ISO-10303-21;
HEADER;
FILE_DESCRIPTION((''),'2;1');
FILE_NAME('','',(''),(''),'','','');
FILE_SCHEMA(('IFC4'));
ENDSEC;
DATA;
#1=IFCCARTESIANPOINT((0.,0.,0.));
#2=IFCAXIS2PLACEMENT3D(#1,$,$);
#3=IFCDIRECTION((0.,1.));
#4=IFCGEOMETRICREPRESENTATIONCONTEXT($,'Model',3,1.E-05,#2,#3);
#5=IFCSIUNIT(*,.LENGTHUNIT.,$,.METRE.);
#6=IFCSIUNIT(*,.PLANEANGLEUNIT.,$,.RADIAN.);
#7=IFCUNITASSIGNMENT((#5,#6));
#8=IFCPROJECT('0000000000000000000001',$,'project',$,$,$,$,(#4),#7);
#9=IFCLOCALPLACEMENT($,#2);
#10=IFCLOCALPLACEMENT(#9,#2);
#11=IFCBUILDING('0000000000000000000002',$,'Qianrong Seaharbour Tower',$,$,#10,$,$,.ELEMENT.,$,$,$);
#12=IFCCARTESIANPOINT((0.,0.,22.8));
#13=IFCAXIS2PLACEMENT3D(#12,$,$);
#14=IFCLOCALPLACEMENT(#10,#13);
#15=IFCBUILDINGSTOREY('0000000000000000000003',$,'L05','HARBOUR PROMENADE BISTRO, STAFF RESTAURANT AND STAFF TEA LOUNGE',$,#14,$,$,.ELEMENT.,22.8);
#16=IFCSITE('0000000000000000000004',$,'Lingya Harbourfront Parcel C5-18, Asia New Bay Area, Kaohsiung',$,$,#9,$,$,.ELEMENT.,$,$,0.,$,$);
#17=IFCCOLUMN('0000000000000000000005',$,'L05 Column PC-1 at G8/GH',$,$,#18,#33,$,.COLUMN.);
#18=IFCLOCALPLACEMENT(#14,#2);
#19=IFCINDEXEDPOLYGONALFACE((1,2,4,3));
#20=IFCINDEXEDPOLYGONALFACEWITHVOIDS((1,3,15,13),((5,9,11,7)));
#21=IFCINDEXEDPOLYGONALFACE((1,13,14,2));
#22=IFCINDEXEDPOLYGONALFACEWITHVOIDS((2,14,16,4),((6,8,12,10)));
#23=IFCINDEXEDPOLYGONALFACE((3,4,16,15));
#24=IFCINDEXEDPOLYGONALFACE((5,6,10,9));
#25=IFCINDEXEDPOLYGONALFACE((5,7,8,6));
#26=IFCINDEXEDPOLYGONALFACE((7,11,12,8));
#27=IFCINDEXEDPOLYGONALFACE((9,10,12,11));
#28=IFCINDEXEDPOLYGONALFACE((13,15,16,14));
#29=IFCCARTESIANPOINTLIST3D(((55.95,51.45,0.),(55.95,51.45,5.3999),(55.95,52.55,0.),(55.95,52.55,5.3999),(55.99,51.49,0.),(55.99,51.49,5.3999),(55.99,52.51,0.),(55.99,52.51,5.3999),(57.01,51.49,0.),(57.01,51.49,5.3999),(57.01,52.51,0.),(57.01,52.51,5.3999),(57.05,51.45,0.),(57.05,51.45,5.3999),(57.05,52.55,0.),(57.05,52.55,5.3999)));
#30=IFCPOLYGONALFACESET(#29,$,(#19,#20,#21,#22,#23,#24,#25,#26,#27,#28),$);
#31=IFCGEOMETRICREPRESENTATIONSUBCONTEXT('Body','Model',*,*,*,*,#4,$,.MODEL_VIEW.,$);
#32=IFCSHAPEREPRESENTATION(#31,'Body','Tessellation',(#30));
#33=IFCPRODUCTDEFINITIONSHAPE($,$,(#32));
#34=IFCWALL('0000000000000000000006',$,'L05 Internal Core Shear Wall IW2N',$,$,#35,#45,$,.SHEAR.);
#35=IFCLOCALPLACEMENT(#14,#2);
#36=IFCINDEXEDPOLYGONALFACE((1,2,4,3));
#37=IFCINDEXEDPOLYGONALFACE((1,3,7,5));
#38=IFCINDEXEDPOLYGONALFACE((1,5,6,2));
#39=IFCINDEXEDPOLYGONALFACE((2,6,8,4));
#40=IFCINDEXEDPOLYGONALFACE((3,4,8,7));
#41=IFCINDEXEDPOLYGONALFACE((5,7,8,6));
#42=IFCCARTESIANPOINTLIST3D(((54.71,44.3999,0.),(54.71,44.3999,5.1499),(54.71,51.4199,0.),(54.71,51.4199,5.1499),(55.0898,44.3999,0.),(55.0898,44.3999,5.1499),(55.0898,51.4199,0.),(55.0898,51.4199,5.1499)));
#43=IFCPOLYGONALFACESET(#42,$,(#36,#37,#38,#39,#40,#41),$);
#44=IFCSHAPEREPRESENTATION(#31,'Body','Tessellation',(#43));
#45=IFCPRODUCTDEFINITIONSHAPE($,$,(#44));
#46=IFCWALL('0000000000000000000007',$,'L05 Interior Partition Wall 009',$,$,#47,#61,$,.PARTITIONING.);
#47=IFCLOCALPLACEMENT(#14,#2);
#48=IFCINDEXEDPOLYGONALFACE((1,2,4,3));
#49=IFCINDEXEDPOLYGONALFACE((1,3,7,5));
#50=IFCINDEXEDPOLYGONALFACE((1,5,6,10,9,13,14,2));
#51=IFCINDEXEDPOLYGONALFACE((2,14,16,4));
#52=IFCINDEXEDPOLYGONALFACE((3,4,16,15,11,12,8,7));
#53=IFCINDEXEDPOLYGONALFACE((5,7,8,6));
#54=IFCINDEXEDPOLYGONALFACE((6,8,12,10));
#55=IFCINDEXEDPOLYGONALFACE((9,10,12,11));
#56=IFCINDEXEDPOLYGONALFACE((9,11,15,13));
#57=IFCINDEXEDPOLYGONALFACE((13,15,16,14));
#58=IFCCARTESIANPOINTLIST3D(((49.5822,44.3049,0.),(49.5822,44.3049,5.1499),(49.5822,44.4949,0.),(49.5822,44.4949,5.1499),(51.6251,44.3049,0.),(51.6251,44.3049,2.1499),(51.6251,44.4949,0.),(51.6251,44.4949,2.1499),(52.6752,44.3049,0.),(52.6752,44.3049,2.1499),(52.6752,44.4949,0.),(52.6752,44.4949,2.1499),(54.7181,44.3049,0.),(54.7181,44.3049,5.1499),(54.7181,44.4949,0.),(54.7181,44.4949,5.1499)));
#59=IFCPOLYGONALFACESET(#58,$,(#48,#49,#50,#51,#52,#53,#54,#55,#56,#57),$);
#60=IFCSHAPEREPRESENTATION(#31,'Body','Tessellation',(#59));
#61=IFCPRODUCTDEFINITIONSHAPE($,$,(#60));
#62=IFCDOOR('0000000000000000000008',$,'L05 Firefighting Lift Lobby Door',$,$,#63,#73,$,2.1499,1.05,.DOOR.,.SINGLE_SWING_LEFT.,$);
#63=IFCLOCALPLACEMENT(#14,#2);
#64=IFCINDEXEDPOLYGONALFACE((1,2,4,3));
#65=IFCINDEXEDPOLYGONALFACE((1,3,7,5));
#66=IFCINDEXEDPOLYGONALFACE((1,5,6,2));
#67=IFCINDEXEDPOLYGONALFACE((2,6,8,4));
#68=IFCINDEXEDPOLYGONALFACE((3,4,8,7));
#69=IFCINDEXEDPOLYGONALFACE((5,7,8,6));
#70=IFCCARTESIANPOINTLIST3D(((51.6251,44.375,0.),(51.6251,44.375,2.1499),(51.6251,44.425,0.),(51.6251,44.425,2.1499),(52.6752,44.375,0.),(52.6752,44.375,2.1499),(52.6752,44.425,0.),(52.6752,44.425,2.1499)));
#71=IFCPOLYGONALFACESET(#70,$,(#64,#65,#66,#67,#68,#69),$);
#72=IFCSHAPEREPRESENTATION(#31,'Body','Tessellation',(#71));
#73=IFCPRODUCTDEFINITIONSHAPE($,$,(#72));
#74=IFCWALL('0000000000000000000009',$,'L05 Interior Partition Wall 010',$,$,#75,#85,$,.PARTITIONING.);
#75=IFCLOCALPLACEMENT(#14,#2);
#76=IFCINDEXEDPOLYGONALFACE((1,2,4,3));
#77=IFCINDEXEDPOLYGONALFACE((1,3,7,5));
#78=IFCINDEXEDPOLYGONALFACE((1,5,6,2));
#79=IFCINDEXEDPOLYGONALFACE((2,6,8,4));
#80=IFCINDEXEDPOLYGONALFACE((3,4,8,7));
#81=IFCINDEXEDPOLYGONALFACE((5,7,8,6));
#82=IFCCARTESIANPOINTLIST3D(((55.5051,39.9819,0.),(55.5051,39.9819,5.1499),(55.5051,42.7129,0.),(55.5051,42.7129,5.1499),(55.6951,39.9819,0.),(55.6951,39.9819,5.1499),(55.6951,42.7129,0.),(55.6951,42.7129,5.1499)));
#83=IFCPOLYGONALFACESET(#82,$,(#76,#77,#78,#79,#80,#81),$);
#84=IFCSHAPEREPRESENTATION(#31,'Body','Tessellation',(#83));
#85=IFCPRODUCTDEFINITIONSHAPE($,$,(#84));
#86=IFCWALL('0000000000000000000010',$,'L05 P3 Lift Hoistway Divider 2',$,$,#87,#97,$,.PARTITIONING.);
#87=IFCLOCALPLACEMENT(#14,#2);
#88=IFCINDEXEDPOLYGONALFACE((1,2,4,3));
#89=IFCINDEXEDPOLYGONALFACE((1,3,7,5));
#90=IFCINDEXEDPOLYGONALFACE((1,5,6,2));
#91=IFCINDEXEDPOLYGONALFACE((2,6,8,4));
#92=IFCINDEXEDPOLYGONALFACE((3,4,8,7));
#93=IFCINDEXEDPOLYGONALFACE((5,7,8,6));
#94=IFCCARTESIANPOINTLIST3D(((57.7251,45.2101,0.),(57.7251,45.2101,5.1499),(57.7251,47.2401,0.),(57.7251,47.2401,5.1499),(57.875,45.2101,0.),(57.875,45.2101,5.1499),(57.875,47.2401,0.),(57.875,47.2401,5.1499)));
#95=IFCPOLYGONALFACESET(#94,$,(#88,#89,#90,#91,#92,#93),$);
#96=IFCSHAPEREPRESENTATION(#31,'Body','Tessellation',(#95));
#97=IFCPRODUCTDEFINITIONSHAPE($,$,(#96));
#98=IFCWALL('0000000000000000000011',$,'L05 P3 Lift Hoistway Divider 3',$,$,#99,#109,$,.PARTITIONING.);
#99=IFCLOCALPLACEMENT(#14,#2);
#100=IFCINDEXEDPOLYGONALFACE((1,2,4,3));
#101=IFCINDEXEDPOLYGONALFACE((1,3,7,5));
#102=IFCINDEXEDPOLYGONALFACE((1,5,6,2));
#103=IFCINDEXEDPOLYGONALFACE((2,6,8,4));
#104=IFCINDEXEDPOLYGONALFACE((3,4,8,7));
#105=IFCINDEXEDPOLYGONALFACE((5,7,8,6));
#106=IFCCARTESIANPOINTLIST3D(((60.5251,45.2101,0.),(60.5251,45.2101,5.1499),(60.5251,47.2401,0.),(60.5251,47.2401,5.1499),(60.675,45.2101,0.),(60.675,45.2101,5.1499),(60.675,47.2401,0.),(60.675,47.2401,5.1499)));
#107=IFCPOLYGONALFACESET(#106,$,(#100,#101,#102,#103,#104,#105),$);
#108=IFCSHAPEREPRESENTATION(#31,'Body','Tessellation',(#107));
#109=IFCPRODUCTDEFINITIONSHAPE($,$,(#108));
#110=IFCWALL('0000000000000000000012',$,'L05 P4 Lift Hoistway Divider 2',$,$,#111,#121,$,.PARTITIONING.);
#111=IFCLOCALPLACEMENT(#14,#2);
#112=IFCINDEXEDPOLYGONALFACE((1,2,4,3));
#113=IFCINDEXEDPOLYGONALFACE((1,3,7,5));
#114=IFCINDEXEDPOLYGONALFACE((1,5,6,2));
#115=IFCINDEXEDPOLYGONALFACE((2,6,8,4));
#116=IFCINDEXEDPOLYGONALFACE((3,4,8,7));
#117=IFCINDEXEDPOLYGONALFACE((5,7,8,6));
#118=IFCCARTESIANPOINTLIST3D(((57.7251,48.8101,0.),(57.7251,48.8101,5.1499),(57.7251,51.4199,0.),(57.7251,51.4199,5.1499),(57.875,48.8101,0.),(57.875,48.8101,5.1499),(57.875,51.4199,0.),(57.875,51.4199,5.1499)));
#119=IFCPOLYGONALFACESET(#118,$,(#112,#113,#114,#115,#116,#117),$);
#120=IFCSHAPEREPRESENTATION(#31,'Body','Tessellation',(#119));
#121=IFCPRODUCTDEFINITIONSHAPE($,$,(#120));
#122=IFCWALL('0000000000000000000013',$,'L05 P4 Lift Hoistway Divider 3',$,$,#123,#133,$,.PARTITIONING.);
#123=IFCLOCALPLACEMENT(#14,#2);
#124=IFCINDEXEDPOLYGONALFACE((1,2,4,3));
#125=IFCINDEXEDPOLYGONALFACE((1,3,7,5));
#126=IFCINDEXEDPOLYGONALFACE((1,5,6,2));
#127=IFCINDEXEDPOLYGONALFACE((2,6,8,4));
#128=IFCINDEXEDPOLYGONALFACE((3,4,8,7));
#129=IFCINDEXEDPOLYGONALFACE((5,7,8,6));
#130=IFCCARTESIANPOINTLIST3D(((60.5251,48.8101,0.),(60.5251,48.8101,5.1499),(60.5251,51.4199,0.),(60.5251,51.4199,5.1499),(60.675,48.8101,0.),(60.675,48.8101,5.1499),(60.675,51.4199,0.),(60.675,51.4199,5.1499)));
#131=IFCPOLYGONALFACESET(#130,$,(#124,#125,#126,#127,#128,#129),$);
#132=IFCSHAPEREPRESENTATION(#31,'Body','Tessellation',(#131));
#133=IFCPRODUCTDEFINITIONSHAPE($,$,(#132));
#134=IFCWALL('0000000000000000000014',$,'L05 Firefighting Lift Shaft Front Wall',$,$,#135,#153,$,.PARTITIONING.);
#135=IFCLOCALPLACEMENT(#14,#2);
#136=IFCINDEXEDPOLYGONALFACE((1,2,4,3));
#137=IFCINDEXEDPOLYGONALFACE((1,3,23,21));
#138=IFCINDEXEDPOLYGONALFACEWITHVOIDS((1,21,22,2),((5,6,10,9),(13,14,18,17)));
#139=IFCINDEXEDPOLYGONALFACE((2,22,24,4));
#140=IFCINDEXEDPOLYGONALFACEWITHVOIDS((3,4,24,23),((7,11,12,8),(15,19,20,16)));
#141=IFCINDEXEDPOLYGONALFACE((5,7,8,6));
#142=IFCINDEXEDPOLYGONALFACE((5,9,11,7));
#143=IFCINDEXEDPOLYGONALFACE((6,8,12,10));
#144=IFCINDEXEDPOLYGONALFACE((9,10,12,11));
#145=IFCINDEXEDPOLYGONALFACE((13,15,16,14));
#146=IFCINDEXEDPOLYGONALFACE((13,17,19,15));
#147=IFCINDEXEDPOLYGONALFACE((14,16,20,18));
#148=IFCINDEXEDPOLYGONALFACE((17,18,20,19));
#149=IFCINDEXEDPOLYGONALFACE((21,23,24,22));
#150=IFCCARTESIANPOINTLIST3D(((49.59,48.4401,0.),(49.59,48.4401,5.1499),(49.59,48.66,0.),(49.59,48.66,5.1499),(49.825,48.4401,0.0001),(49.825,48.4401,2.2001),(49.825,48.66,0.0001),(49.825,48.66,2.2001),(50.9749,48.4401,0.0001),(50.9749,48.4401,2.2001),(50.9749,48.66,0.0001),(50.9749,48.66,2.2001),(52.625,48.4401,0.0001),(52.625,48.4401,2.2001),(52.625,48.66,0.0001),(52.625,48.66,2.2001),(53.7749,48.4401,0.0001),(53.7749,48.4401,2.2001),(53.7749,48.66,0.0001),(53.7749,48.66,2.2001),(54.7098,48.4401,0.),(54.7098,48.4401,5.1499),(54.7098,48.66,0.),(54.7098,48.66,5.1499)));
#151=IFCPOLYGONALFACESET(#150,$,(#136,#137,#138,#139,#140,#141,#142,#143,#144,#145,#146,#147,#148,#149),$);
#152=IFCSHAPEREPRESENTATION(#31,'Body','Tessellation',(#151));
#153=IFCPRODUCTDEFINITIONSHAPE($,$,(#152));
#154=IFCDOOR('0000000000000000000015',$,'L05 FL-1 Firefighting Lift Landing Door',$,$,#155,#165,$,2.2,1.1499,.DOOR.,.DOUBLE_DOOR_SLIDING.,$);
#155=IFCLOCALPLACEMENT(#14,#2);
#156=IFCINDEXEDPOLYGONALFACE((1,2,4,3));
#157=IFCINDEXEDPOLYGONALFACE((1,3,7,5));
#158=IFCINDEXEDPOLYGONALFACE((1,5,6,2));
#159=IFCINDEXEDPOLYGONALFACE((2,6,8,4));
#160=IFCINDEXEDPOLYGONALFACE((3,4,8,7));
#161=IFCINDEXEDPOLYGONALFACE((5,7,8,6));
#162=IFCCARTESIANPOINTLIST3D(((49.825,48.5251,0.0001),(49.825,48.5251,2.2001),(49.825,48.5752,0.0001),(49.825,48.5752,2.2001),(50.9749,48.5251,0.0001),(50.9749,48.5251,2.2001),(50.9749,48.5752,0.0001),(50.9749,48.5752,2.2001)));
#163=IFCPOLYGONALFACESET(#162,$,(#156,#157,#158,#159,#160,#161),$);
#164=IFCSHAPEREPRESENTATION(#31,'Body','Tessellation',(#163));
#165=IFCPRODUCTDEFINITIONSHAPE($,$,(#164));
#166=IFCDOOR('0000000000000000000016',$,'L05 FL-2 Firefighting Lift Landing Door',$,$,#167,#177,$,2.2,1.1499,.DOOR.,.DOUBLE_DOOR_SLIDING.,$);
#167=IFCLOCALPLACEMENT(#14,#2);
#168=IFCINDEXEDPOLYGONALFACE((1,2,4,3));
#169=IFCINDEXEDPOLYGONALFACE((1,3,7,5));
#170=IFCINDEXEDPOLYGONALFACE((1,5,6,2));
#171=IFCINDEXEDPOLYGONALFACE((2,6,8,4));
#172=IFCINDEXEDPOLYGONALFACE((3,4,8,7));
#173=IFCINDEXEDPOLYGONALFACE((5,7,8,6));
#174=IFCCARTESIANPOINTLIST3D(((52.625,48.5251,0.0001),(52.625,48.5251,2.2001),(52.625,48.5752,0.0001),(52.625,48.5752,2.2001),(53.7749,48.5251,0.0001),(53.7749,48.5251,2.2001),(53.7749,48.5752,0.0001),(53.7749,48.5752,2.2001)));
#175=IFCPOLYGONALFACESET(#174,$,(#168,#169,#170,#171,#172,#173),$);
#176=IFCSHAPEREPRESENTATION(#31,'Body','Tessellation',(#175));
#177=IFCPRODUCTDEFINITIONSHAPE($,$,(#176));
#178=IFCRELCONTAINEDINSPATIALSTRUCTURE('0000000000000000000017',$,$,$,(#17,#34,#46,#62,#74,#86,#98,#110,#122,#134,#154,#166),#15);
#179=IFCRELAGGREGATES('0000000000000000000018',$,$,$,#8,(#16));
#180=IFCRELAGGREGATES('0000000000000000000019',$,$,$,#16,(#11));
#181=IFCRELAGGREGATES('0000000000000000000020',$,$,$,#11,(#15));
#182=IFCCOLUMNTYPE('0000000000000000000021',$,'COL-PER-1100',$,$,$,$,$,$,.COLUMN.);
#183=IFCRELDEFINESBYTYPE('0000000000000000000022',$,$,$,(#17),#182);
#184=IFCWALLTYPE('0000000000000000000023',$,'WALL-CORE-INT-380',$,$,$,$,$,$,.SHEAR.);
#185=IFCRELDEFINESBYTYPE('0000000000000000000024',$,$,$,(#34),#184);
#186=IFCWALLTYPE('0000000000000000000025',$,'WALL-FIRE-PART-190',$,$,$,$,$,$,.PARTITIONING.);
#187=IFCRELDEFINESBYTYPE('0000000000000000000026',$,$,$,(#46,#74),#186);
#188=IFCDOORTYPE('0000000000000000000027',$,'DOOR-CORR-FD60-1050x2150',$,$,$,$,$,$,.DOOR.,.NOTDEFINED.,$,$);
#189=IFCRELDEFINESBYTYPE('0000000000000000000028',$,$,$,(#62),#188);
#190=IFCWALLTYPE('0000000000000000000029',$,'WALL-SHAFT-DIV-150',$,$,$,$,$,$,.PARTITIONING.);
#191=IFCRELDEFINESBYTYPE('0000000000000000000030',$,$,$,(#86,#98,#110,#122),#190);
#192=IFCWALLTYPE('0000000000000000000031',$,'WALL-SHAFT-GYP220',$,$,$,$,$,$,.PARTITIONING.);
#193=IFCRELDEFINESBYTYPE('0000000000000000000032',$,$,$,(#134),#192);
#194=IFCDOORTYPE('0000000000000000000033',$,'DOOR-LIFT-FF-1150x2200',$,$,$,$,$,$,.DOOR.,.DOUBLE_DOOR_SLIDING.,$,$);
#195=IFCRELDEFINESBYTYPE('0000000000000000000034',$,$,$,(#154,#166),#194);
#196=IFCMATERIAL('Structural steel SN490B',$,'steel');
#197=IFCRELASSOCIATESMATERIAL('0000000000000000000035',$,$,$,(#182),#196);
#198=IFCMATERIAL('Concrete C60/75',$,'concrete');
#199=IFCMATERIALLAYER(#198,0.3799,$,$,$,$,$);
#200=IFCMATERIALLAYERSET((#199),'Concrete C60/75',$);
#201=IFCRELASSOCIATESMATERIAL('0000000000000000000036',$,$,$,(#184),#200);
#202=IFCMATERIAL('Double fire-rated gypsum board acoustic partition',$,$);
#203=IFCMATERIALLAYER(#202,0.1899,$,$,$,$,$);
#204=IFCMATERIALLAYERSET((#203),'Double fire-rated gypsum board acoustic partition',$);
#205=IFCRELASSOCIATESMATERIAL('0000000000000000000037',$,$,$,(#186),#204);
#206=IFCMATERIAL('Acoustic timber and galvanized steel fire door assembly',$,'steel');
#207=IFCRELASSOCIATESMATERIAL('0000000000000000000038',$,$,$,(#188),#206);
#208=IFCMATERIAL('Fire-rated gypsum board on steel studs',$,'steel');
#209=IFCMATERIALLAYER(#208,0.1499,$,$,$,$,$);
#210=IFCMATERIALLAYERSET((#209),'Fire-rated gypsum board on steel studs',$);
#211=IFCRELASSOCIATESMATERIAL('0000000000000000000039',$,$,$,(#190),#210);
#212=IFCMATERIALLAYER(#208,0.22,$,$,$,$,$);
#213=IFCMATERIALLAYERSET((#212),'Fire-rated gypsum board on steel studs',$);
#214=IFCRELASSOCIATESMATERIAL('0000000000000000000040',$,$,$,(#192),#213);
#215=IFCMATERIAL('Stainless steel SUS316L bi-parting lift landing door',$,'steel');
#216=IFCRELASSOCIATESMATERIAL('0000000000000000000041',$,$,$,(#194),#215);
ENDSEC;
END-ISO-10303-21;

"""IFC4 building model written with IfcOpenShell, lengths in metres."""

from ifc_helpers import new_model, si_unit, direction, frame, frame_2d, origin, origin_2d, place, context, subcontext, project, spatial, rectangle, hollow_rectangle, extrude, material, layer, layer_set, material_profile, profile_set, type_object, element, fill, save


model = new_model("IFC4")

# Units and contexts
model_context = context("Model", 3, precision=1e-05, world=origin(), true_north=direction((0.0, 1.0)))
body_context = subcontext(model_context, "Body", "Model", "MODEL_VIEW")
ifc_project = project(units=[si_unit("LENGTHUNIT", "METRE"), si_unit("PLANEANGLEUNIT", "RADIAN")], contexts=[model_context])

# Site, building, storey
site_placement = place(None, origin())
site = spatial("IfcSite", under=ifc_project, at=site_placement, Name="Lingya Harbourfront Parcel C5-18, Asia New Bay Area, Kaohsiung", CompositionType="ELEMENT", RefElevation=0.0)
building_placement = place(site_placement, origin())
building = spatial("IfcBuilding", under=site, at=building_placement, Name="Qianrong Seaharbour Tower", CompositionType="ELEMENT")
storey_placement = place(building_placement, frame((0.0, 0.0, 22.8)))
storey = spatial("IfcBuildingStorey", under=building, at=storey_placement, Name="L05", Description="HARBOUR PROMENADE BISTRO, STAFF RESTAURANT AND STAFF TEA LOUNGE", CompositionType="ELEMENT", Elevation=22.8)

# Column
ifc_material_1 = material(Name="Structural steel SN490B", Category="steel")
ifc_material_profile = material_profile(ifc_material_1, hollow_rectangle(XDim=1.1001, YDim=1.1001, WallThickness=0.04, at=origin_2d()), Name="BOX1100x1100x40")
ifc_profile_set = profile_set([ifc_material_profile], Name="Structural steel SN490B")
column_type = type_object("IfcColumnType", Name="COL-PER-1100", PredefinedType="COLUMN", material=ifc_profile_set)
column_placement = place(storey_placement, frame((56.5, 52.0, 0.0), z_axis=(0.0, 0.0, 1.0), x_axis=(1.0, 0.0, 0.0)))
element("IfcColumn", 1, at=column_placement, inside=storey, type_object=column_type, Name="L05 Column PC-1 at G8/GH", PredefinedType="COLUMN", context=body_context, shape_type="SweptSolid", body=[
    extrude(hollow_rectangle(XDim=1.1001, YDim=1.1001, WallThickness=0.04, at=origin_2d()), origin(), (0.0, 0.0, 1.0), 5.3999),
])

# Wall
ifc_material_2 = material(Name="Concrete C60/75", Category="concrete")
ifc_layer_1 = layer(ifc_material_2, 0.3799)
ifc_layer_set_1 = layer_set([ifc_layer_1], Name="Concrete C60/75")
wall_type_1 = type_object("IfcWallType", Name="WALL-CORE-INT-380", PredefinedType="SHEAR", material=ifc_layer_set_1)
wall_1_placement = place(storey_placement, frame((54.8999, 44.3999, 0.0), z_axis=(0.0, 0.0, 1.0), x_axis=(0.0, 1.0, 0.0)))
element("IfcWall", 2, at=wall_1_placement, inside=storey, type_object=wall_type_1, Name="L05 Internal Core Shear Wall IW2N", PredefinedType="SHEAR", context=body_context, shape_type="SweptSolid", body=[
    extrude(rectangle(XDim=7.02, YDim=0.3799, at=frame_2d((3.51, 0.0))), origin(), (0.0, 0.0, 1.0), 5.1499),
])

# Wall, opening, door
ifc_material_3 = material(Name="Double fire-rated gypsum board acoustic partition")
ifc_layer_2 = layer(ifc_material_3, 0.1899)
ifc_layer_set_2 = layer_set([ifc_layer_2], Name="Double fire-rated gypsum board acoustic partition")
wall_type_2 = type_object("IfcWallType", Name="WALL-FIRE-PART-190", PredefinedType="PARTITIONING", material=ifc_layer_set_2)
wall_2_placement = place(storey_placement, frame((54.718, 44.3999, 0.0), z_axis=(0.0, 0.0, 1.0), x_axis=(-1.0, 0.0, 0.0)))
wall_2 = element("IfcWall", 3, at=wall_2_placement, inside=storey, type_object=wall_type_2, Name="L05 Interior Partition Wall 009", PredefinedType="PARTITIONING", context=body_context, shape_type="SweptSolid", body=[
    extrude(rectangle(XDim=5.136, YDim=0.1899, at=frame_2d((2.5679, 0.0))), origin(), (0.0, 0.0, 1.0), 5.1499),
])
opening_1_placement = place(wall_2_placement, frame((2.043, 0.0, 0.0)))
opening_1 = element("IfcOpeningElement", 4, at=opening_1_placement, cuts=wall_2, PredefinedType="OPENING", context=body_context, shape_type="SweptSolid", body=[
    extrude(rectangle(XDim=1.05, YDim=2.1499, at=frame_2d((0.5249, 1.075))), frame((0.0, 0.105, 0.0), z_axis=(0.0, -1.0, 0.0), x_axis=(1.0, 0.0, 0.0)), (0.0, 0.0, 1.0), 0.21),
])
ifc_material_4 = material(Name="Acoustic timber and galvanized steel fire door assembly", Category="steel")
door_type_1 = type_object("IfcDoorType", Name="DOOR-CORR-FD60-1050x2150", OperationType="NOTDEFINED", PredefinedType="DOOR", material=ifc_material_4)
door_1_placement = place(opening_1_placement, origin())
door_1 = element("IfcDoor", 5, at=door_1_placement, inside=storey, type_object=door_type_1, Name="L05 Firefighting Lift Lobby Door", OperationType="SINGLE_SWING_LEFT", OverallHeight=2.1499, OverallWidth=1.05, PredefinedType="DOOR", context=body_context, shape_type="SweptSolid", body=[
    extrude(rectangle(XDim=1.05, YDim=2.1499, at=frame_2d((0.5249, 1.075))), frame((0.0, 0.0249, 0.0), z_axis=(0.0, -1.0, 0.0), x_axis=(1.0, 0.0, 0.0)), (0.0, 0.0, 1.0), 0.05),
])
fill(opening_1, door_1)

# Walls
wall_3_placement = place(storey_placement, frame((55.6001, 42.7129, 0.0), z_axis=(0.0, 0.0, 1.0), x_axis=(0.0, -1.0, 0.0)))
element("IfcWall", 6, at=wall_3_placement, inside=storey, type_object=wall_type_2, Name="L05 Interior Partition Wall 010", PredefinedType="PARTITIONING", context=body_context, shape_type="SweptSolid", body=[
    extrude(rectangle(XDim=2.731, YDim=0.1899, at=frame_2d((1.3655, 0.0))), origin(), (0.0, 0.0, 1.0), 5.1499),
])
ifc_material_5 = material(Name="Fire-rated gypsum board on steel studs", Category="steel")
ifc_layer_3 = layer(ifc_material_5, 0.1499)
ifc_layer_set_3 = layer_set([ifc_layer_3], Name="Fire-rated gypsum board on steel studs")
wall_type_3 = type_object("IfcWallType", Name="WALL-SHAFT-DIV-150", PredefinedType="PARTITIONING", material=ifc_layer_set_3)
for number, where, z_axis, x_axis, name in (
    (7, (57.8, 45.21, 0.0), (0.0, 0.0, 1.0), (0.0, 1.0, 0.0), "L05 P3 Lift Hoistway Divider 2"),
    (8, (60.6001, 45.21, 0.0), (0.0, 0.0, 1.0), (0.0, 1.0, 0.0), "L05 P3 Lift Hoistway Divider 3"),
):
    element("IfcWall", number, at=place(storey_placement, frame(where, z_axis=z_axis, x_axis=x_axis)), inside=storey, type_object=wall_type_3, Name=name, PredefinedType="PARTITIONING", context=body_context, shape_type="SweptSolid", body=[
        extrude(rectangle(XDim=2.03, YDim=0.1499, at=frame_2d((1.0151, 0.0))), origin(), (0.0, 0.0, 1.0), 5.1499),
    ])
for number, where, z_axis, x_axis, name in (
    (9, (57.8, 48.8101, 0.0), (0.0, 0.0, 1.0), (0.0, 1.0, 0.0), "L05 P4 Lift Hoistway Divider 2"),
    (10, (60.6001, 48.8101, 0.0), (0.0, 0.0, 1.0), (0.0, 1.0, 0.0), "L05 P4 Lift Hoistway Divider 3"),
):
    element("IfcWall", number, at=place(storey_placement, frame(where, z_axis=z_axis, x_axis=x_axis)), inside=storey, type_object=wall_type_3, Name=name, PredefinedType="PARTITIONING", context=body_context, shape_type="SweptSolid", body=[
        extrude(rectangle(XDim=2.6099, YDim=0.1499, at=frame_2d((1.3049, 0.0))), origin(), (0.0, 0.0, 1.0), 5.1499),
    ])

# Wall, openings, doors
ifc_layer_4 = layer(ifc_material_5, 0.22)
ifc_layer_set_4 = layer_set([ifc_layer_4], Name="Fire-rated gypsum board on steel studs")
wall_type_4 = type_object("IfcWallType", Name="WALL-SHAFT-GYP220", PredefinedType="PARTITIONING", material=ifc_layer_set_4)
wall_4_placement = place(storey_placement, frame((54.71, 48.55, 0.0), z_axis=(0.0, 0.0, 1.0), x_axis=(-1.0, 0.0, 0.0)))
wall_4 = element("IfcWall", 11, at=wall_4_placement, inside=storey, type_object=wall_type_4, Name="L05 Firefighting Lift Shaft Front Wall", PredefinedType="PARTITIONING", context=body_context, shape_type="SweptSolid", body=[
    extrude(rectangle(XDim=5.1199, YDim=0.22, at=frame_2d((2.5601, 0.0))), origin(), (0.0, 0.0, 1.0), 5.1499),
])
opening_2_placement = place(wall_4_placement, frame((3.7351, 0.0, 0.0)))
opening_2 = element("IfcOpeningElement", 12, at=opening_2_placement, cuts=wall_4, PredefinedType="OPENING", context=body_context, shape_type="SweptSolid", body=[
    extrude(rectangle(XDim=1.1499, YDim=2.2, at=frame_2d((0.575, 1.1001))), frame((0.0, 0.1201, 0.0), z_axis=(0.0, -1.0, 0.0), x_axis=(1.0, 0.0, 0.0)), (0.0, 0.0, 1.0), 0.24),
])
opening_3_placement = place(wall_4_placement, frame((0.9351, 0.0, 0.0)))
opening_3 = element("IfcOpeningElement", 13, at=opening_3_placement, cuts=wall_4, PredefinedType="OPENING", context=body_context, shape_type="SweptSolid", body=[
    extrude(rectangle(XDim=1.1499, YDim=2.2, at=frame_2d((0.575, 1.1001))), frame((0.0, 0.1201, 0.0), z_axis=(0.0, -1.0, 0.0), x_axis=(1.0, 0.0, 0.0)), (0.0, 0.0, 1.0), 0.24),
])
ifc_material_6 = material(Name="Stainless steel SUS316L bi-parting lift landing door", Category="steel")
door_type_2 = type_object("IfcDoorType", Name="DOOR-LIFT-FF-1150x2200", OperationType="DOUBLE_DOOR_SLIDING", PredefinedType="DOOR", material=ifc_material_6)
door_2_placement = place(opening_2_placement, origin())
door_2 = element("IfcDoor", 14, at=door_2_placement, inside=storey, type_object=door_type_2, Name="L05 FL-1 Firefighting Lift Landing Door", OperationType="DOUBLE_DOOR_SLIDING", OverallHeight=2.2, OverallWidth=1.1499, PredefinedType="DOOR", context=body_context, shape_type="SweptSolid", body=[
    extrude(rectangle(XDim=1.1499, YDim=2.2, at=frame_2d((0.575, 1.1001))), frame((0.0, 0.0249, 0.0), z_axis=(0.0, -1.0, 0.0), x_axis=(1.0, 0.0, 0.0)), (0.0, 0.0, 1.0), 0.05),
])
fill(opening_2, door_2)
door_3_placement = place(opening_3_placement, origin())
door_3 = element("IfcDoor", 15, at=door_3_placement, inside=storey, type_object=door_type_2, Name="L05 FL-2 Firefighting Lift Landing Door", OperationType="DOUBLE_DOOR_SLIDING", OverallHeight=2.2, OverallWidth=1.1499, PredefinedType="DOOR", context=body_context, shape_type="SweptSolid", body=[
    extrude(rectangle(XDim=1.1499, YDim=2.2, at=frame_2d((0.575, 1.1001))), frame((0.0, 0.0249, 0.0), z_axis=(0.0, -1.0, 0.0), x_axis=(1.0, 0.0, 0.0)), (0.0, 0.0, 1.0), 0.05),
])
fill(opening_3, door_3)

save(model, "model.ifc")
